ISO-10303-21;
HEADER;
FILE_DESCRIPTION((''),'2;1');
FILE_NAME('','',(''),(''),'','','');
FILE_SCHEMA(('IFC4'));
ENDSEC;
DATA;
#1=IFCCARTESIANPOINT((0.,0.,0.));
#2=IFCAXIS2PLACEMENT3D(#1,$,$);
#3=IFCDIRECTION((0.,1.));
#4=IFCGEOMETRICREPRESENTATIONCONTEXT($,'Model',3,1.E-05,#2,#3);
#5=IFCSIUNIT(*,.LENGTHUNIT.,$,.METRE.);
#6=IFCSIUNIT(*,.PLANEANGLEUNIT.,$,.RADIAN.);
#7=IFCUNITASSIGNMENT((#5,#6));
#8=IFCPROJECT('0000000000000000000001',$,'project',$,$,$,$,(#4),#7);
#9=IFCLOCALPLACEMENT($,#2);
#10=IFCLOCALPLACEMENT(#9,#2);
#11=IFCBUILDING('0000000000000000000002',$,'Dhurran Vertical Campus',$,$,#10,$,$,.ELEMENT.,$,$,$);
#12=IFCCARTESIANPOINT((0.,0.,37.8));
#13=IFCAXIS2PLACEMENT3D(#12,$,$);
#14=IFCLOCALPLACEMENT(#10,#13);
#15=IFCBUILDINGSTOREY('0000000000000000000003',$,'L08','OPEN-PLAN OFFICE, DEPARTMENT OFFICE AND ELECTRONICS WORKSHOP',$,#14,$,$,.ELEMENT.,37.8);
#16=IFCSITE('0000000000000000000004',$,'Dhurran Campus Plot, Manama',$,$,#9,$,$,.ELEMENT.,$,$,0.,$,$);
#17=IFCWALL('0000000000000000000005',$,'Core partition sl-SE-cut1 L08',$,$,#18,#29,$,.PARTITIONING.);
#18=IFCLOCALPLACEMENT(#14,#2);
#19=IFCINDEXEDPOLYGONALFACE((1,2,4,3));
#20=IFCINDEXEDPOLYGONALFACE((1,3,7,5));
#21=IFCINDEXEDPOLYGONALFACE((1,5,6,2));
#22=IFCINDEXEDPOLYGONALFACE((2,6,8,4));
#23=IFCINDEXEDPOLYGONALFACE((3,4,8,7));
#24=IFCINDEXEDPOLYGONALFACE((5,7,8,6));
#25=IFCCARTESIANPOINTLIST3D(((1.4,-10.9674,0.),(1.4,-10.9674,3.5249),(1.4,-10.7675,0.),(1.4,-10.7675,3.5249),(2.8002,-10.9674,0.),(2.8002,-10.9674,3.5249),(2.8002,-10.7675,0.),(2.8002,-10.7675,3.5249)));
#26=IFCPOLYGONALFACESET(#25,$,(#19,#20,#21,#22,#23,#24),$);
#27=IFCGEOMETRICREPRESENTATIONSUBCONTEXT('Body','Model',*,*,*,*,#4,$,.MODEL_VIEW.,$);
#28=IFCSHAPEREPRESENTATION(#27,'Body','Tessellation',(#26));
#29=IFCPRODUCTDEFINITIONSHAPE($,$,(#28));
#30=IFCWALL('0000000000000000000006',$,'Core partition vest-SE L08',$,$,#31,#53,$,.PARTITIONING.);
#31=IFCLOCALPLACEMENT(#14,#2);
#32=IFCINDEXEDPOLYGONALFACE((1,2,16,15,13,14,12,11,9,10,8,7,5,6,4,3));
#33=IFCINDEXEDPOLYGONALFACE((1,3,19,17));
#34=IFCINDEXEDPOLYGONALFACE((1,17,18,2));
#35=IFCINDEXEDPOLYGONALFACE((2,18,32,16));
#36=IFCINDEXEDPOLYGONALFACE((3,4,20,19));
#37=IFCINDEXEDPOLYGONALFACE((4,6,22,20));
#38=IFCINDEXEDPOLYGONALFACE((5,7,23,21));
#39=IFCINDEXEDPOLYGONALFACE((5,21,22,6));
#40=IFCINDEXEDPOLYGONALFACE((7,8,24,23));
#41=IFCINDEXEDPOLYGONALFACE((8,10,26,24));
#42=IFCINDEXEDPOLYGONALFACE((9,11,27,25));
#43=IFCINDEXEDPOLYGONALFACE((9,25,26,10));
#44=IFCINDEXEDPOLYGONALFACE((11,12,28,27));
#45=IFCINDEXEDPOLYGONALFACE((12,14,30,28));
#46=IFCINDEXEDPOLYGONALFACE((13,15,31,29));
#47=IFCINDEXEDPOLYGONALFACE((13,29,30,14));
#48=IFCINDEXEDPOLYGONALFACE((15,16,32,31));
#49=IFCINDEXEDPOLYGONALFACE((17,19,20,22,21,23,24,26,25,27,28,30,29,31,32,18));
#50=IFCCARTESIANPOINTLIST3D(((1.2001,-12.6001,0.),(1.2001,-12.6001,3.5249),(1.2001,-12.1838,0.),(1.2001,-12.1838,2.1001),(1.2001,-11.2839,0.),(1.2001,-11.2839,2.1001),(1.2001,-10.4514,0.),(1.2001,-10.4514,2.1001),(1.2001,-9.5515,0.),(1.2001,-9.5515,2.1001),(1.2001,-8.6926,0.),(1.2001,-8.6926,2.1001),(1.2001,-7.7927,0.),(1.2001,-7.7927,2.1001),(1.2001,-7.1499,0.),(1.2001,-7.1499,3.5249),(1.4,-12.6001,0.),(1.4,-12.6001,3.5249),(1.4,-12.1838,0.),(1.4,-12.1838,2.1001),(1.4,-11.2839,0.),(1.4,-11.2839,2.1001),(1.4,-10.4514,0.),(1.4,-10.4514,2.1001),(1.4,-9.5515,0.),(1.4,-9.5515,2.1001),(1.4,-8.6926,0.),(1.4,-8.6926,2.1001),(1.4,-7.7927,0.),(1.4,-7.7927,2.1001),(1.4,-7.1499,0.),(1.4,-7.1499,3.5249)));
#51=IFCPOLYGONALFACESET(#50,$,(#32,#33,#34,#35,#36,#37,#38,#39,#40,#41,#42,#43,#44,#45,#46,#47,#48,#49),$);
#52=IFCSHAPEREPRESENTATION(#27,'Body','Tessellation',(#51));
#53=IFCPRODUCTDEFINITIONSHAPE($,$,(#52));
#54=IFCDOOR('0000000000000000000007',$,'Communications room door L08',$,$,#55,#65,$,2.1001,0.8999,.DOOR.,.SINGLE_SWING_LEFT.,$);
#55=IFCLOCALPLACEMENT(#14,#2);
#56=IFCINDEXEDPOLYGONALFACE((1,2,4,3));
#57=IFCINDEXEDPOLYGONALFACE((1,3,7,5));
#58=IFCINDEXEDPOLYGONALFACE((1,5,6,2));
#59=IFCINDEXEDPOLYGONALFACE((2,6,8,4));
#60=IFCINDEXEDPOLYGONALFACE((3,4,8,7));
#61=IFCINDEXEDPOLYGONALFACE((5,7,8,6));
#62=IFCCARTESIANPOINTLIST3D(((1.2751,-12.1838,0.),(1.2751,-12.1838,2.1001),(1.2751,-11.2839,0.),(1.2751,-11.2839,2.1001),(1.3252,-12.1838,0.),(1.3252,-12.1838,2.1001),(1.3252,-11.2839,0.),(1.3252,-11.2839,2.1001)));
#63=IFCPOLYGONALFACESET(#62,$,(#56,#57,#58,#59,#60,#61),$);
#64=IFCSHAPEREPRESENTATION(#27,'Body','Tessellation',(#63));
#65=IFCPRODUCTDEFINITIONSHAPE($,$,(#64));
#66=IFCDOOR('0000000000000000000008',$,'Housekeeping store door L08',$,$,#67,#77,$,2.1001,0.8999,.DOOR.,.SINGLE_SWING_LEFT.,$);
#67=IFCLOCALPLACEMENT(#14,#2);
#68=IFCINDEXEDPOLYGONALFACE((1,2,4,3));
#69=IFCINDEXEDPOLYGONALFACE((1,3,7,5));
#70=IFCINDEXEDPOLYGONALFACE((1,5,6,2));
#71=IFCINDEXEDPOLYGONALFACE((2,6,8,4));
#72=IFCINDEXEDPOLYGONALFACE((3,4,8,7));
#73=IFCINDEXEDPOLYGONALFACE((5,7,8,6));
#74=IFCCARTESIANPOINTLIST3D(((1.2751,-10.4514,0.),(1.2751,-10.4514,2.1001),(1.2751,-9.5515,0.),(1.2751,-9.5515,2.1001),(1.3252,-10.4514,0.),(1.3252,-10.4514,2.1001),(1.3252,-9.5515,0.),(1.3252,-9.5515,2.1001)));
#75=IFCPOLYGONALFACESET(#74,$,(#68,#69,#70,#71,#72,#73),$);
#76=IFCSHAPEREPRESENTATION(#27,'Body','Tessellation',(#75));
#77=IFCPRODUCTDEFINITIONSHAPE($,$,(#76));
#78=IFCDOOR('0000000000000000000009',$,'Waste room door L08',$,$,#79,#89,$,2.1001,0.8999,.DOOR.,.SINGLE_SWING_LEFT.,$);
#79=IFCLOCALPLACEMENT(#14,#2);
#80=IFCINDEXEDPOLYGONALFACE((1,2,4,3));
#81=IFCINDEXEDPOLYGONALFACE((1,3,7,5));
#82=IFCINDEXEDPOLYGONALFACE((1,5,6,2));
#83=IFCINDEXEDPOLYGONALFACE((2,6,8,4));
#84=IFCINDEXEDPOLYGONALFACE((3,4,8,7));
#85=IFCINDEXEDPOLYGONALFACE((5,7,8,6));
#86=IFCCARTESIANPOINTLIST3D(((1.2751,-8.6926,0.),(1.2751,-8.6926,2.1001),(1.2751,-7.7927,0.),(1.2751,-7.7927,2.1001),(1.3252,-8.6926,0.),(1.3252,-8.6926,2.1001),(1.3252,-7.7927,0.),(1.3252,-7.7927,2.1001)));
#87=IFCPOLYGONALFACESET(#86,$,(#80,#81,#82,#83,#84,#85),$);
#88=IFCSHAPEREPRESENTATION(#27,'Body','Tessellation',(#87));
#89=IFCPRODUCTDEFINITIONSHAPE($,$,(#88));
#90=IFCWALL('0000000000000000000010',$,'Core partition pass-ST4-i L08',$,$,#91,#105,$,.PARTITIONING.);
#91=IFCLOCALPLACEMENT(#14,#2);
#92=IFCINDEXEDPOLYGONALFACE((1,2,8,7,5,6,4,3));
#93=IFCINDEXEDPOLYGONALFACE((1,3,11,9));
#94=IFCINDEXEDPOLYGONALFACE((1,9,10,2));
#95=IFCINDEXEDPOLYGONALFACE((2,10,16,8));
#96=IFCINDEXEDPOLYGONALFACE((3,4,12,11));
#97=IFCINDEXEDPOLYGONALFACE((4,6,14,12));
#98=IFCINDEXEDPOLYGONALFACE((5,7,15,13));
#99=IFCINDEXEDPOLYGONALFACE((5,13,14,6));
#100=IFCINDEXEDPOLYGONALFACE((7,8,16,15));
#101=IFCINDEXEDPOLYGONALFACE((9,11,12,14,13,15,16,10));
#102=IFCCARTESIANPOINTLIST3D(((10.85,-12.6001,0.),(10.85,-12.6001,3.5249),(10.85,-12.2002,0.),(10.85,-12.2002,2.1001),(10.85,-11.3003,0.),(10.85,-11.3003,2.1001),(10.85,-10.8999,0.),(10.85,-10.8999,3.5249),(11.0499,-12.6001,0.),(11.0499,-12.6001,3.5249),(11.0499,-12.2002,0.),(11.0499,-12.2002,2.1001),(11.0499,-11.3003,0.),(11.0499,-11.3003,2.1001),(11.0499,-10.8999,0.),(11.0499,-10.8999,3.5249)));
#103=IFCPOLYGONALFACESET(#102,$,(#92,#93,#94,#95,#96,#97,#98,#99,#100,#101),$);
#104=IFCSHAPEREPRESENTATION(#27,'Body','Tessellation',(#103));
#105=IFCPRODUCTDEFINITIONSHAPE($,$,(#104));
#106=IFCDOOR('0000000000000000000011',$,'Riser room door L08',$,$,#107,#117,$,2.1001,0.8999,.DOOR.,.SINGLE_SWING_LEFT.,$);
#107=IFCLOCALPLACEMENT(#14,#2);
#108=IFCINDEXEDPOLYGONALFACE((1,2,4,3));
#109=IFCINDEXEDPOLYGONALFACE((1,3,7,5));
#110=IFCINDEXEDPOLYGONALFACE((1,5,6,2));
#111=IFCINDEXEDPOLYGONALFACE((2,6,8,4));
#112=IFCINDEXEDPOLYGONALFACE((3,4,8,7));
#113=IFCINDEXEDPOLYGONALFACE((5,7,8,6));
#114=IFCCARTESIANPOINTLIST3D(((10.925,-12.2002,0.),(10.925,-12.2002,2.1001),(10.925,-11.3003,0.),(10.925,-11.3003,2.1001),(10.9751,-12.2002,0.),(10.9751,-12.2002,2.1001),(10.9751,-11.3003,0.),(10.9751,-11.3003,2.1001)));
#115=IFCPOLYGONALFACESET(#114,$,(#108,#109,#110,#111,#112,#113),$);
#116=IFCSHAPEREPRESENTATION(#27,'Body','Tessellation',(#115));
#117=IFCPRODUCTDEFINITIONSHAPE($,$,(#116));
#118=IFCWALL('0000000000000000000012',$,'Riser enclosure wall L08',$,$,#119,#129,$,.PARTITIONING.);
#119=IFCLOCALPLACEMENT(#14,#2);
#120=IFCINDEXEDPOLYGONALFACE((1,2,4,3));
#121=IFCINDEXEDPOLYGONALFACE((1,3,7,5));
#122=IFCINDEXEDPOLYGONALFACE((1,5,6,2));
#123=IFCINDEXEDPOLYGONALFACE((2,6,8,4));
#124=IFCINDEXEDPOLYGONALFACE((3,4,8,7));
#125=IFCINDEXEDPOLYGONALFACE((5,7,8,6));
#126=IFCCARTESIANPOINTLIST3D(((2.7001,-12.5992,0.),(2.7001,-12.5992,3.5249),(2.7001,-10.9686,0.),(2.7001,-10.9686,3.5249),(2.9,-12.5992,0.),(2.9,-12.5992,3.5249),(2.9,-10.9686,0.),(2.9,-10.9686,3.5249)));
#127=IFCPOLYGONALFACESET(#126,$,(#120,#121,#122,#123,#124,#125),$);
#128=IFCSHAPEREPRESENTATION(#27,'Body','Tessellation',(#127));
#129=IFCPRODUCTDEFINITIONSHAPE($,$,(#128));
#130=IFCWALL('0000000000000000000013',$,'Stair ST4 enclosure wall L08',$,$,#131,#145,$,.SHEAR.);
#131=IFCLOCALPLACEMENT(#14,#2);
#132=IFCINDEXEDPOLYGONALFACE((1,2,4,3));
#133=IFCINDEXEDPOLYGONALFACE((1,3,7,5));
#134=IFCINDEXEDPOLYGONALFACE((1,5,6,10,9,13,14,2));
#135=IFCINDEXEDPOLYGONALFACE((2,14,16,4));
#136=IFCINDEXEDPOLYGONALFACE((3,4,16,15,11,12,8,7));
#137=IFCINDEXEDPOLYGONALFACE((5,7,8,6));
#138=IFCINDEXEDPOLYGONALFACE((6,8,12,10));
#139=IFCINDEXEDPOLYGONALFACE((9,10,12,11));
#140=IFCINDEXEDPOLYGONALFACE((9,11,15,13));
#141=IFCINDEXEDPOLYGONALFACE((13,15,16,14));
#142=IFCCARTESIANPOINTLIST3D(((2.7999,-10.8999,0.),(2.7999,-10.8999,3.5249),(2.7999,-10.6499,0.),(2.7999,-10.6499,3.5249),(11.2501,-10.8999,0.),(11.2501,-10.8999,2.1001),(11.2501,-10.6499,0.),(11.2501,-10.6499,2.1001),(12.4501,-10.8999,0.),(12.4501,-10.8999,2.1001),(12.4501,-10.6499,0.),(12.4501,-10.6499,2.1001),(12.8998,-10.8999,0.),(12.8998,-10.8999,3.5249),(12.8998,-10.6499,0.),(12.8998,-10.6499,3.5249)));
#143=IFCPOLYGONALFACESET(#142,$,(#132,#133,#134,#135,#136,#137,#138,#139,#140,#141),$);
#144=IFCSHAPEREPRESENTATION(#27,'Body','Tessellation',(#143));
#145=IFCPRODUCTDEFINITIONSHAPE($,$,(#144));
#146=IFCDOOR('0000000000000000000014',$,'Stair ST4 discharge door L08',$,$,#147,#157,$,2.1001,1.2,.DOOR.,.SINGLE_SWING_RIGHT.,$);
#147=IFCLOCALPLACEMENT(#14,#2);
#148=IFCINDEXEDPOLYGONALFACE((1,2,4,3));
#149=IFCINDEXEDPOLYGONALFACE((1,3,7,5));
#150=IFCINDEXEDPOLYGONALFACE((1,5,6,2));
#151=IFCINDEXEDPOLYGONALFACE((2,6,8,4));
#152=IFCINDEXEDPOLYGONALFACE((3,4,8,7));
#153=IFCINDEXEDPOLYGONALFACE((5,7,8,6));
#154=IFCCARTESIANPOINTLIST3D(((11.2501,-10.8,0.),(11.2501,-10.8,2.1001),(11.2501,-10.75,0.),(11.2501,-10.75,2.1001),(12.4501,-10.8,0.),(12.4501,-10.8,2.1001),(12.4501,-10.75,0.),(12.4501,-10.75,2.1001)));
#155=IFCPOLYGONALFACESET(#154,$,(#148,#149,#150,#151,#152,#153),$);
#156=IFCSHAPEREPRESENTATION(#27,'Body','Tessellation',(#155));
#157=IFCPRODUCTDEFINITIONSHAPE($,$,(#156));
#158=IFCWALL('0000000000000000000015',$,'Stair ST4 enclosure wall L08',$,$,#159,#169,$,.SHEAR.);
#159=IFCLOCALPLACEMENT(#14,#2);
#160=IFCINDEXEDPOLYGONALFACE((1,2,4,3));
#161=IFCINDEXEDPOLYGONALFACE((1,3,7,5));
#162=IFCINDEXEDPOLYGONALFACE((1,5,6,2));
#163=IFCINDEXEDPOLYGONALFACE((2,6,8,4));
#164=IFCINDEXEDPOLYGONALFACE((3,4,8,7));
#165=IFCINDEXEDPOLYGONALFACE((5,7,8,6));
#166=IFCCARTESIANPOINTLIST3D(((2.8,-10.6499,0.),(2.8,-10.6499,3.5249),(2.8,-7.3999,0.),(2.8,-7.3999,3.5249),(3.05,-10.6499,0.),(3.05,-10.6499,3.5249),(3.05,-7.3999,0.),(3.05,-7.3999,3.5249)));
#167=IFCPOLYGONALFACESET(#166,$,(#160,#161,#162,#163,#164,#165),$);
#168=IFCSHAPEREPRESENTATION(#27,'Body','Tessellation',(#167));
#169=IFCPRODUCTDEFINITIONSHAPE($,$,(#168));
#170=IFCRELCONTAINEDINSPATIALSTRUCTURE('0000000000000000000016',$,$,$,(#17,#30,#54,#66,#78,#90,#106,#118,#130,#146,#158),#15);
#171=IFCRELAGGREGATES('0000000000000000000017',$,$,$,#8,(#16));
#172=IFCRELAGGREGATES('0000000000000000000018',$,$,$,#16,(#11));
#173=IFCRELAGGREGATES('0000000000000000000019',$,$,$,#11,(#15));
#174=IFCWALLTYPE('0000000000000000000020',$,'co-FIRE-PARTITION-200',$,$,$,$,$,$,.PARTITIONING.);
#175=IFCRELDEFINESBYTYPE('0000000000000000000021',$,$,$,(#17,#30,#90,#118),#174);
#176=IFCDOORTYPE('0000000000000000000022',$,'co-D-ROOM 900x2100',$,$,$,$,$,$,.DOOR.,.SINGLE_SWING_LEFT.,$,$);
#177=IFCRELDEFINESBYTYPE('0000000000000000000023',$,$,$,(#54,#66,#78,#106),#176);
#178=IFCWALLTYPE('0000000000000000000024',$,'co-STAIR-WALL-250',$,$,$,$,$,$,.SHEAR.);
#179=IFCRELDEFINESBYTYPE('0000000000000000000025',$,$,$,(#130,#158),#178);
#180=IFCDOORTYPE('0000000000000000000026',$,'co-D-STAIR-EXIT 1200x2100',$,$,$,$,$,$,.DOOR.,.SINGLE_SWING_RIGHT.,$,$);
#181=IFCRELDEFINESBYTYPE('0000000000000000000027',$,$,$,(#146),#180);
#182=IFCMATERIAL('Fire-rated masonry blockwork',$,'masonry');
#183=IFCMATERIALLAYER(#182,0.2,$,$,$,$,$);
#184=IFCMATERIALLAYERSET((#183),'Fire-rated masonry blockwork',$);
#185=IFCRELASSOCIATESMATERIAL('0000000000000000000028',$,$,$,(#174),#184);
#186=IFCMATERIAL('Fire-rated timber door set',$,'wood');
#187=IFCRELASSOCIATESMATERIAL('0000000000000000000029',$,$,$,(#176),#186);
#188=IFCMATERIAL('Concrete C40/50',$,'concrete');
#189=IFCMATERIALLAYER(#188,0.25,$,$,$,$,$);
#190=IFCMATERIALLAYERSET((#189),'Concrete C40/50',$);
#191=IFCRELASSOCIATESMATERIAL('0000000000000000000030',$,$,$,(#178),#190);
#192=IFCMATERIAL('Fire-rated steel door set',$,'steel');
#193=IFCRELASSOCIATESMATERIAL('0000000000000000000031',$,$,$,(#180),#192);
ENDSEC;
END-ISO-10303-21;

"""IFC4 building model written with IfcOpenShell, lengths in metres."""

from ifc_helpers import new_model, si_unit, direction, frame, frame_2d, origin, place, context, subcontext, project, spatial, rectangle, extrude, material, layer, layer_set, type_object, element, fill, save


model = new_model("IFC4")

# Units and contexts
model_context = context("Model", 3, precision=1e-05, world=origin(), true_north=direction((0.0, 1.0)))
body_context = subcontext(model_context, "Body", "Model", "MODEL_VIEW")
ifc_project = project(units=[si_unit("LENGTHUNIT", "METRE"), si_unit("PLANEANGLEUNIT", "RADIAN")], contexts=[model_context])

# Site, building, storey
site_placement = place(None, origin())
site = spatial("IfcSite", under=ifc_project, at=site_placement, Name="Dhurran Campus Plot, Manama", CompositionType="ELEMENT", RefElevation=0.0)
building_placement = place(site_placement, origin())
building = spatial("IfcBuilding", under=site, at=building_placement, Name="Dhurran Vertical Campus", CompositionType="ELEMENT")
storey_placement = place(building_placement, frame((0.0, 0.0, 37.8)))
storey = spatial("IfcBuildingStorey", under=building, at=storey_placement, Name="L08", Description="OPEN-PLAN OFFICE, DEPARTMENT OFFICE AND ELECTRONICS WORKSHOP", CompositionType="ELEMENT", Elevation=37.8)

# Wall
ifc_material_1 = material(Name="Fire-rated masonry blockwork", Category="masonry")
ifc_layer_1 = layer(ifc_material_1, 0.2)
ifc_layer_set_1 = layer_set([ifc_layer_1], Name="Fire-rated masonry blockwork")
wall_type_1 = type_object("IfcWallType", Name="co-FIRE-PARTITION-200", PredefinedType="PARTITIONING", material=ifc_layer_set_1)
wall_1_placement = place(storey_placement, frame((1.3999, -10.8674, 0.0), z_axis=(0.0, 0.0, 1.0), x_axis=(1.0, 0.0, 0.0)))
element("IfcWall", 1, at=wall_1_placement, inside=storey, type_object=wall_type_1, Name="Core partition sl-SE-cut1 L08", PredefinedType="PARTITIONING", context=body_context, shape_type="SweptSolid", body=[
    extrude(rectangle(XDim=1.4001, YDim=0.2, at=frame_2d((0.7002, 0.0))), origin(), (0.0, 0.0, 1.0), 3.5249),
])

# Wall, openings, doors
wall_2_placement = place(storey_placement, frame((1.3, -12.6001, 0.0), z_axis=(0.0, 0.0, 1.0), x_axis=(0.0, 1.0, 0.0)))
wall_2 = element("IfcWall", 2, at=wall_2_placement, inside=storey, type_object=wall_type_1, Name="Core partition vest-SE L08", PredefinedType="PARTITIONING", context=body_context, shape_type="SweptSolid", body=[
    extrude(rectangle(XDim=5.4502, YDim=0.2, at=frame_2d((2.7251, 0.0))), origin(), (0.0, 0.0, 1.0), 3.5249),
])
opening_1_placement = place(wall_2_placement, frame((0.4163, 0.0, 0.0)))
opening_1 = element("IfcOpeningElement", 3, at=opening_1_placement, cuts=wall_2, PredefinedType="OPENING", context=body_context, shape_type="SweptSolid", body=[
    extrude(rectangle(XDim=0.8999, YDim=2.1001, at=frame_2d((0.45, 1.05))), frame((0.0, 0.1099, 0.0), z_axis=(0.0, -1.0, 0.0), x_axis=(1.0, 0.0, 0.0)), (0.0, 0.0, 1.0), 0.22),
])
opening_2_placement = place(wall_2_placement, frame((2.1487, 0.0, 0.0)))
opening_2 = element("IfcOpeningElement", 4, at=opening_2_placement, cuts=wall_2, PredefinedType="OPENING", context=body_context, shape_type="SweptSolid", body=[
    extrude(rectangle(XDim=0.8999, YDim=2.1001, at=frame_2d((0.45, 1.05))), frame((0.0, 0.1099, 0.0), z_axis=(0.0, -1.0, 0.0), x_axis=(1.0, 0.0, 0.0)), (0.0, 0.0, 1.0), 0.22),
])
opening_3_placement = place(wall_2_placement, frame((3.9075, 0.0, 0.0)))
opening_3 = element("IfcOpeningElement", 5, at=opening_3_placement, cuts=wall_2, PredefinedType="OPENING", context=body_context, shape_type="SweptSolid", body=[
    extrude(rectangle(XDim=0.8999, YDim=2.1001, at=frame_2d((0.45, 1.05))), frame((0.0, 0.1099, 0.0), z_axis=(0.0, -1.0, 0.0), x_axis=(1.0, 0.0, 0.0)), (0.0, 0.0, 1.0), 0.22),
])
ifc_material_2 = material(Name="Fire-rated timber door set", Category="wood")
door_type_1 = type_object("IfcDoorType", Name="co-D-ROOM 900x2100", OperationType="SINGLE_SWING_LEFT", PredefinedType="DOOR", material=ifc_material_2)
door_1_placement = place(opening_1_placement, origin())
door_1 = element("IfcDoor", 6, at=door_1_placement, inside=storey, type_object=door_type_1, Name="Communications room door L08", OperationType="SINGLE_SWING_LEFT", OverallHeight=2.1001, OverallWidth=0.8999, PredefinedType="DOOR", context=body_context, shape_type="SweptSolid", body=[
    extrude(rectangle(XDim=0.8999, YDim=2.1001, at=frame_2d((0.45, 1.05))), frame((0.0, 0.0249, 0.0), z_axis=(0.0, -1.0, 0.0), x_axis=(1.0, 0.0, 0.0)), (0.0, 0.0, 1.0), 0.05),
])
fill(opening_1, door_1)
door_2_placement = place(opening_2_placement, origin())
door_2 = element("IfcDoor", 7, at=door_2_placement, inside=storey, type_object=door_type_1, Name="Housekeeping store door L08", OperationType="SINGLE_SWING_LEFT", OverallHeight=2.1001, OverallWidth=0.8999, PredefinedType="DOOR", context=body_context, shape_type="SweptSolid", body=[
    extrude(rectangle(XDim=0.8999, YDim=2.1001, at=frame_2d((0.45, 1.05))), frame((0.0, 0.0249, 0.0), z_axis=(0.0, -1.0, 0.0), x_axis=(1.0, 0.0, 0.0)), (0.0, 0.0, 1.0), 0.05),
])
fill(opening_2, door_2)
door_3_placement = place(opening_3_placement, origin())
door_3 = element("IfcDoor", 8, at=door_3_placement, inside=storey, type_object=door_type_1, Name="Waste room door L08", OperationType="SINGLE_SWING_LEFT", OverallHeight=2.1001, OverallWidth=0.8999, PredefinedType="DOOR", context=body_context, shape_type="SweptSolid", body=[
    extrude(rectangle(XDim=0.8999, YDim=2.1001, at=frame_2d((0.45, 1.05))), frame((0.0, 0.0249, 0.0), z_axis=(0.0, -1.0, 0.0), x_axis=(1.0, 0.0, 0.0)), (0.0, 0.0, 1.0), 0.05),
])
fill(opening_3, door_3)

# Wall, opening, door
wall_3_placement = place(storey_placement, frame((10.95, -12.6001, 0.0), z_axis=(0.0, 0.0, 1.0), x_axis=(0.0, 1.0, 0.0)))
wall_3 = element("IfcWall", 9, at=wall_3_placement, inside=storey, type_object=wall_type_1, Name="Core partition pass-ST4-i L08", PredefinedType="PARTITIONING", context=body_context, shape_type="SweptSolid", body=[
    extrude(rectangle(XDim=1.7002, YDim=0.2, at=frame_2d((0.8501, 0.0))), origin(), (0.0, 0.0, 1.0), 3.5249),
])
opening_4_placement = place(wall_3_placement, frame((0.3999, 0.0, 0.0)))
opening_4 = element("IfcOpeningElement", 10, at=opening_4_placement, cuts=wall_3, PredefinedType="OPENING", context=body_context, shape_type="SweptSolid", body=[
    extrude(rectangle(XDim=0.8999, YDim=2.1001, at=frame_2d((0.45, 1.05))), frame((0.0, 0.1099, 0.0), z_axis=(0.0, -1.0, 0.0), x_axis=(1.0, 0.0, 0.0)), (0.0, 0.0, 1.0), 0.22),
])
door_4_placement = place(opening_4_placement, origin())
door_4 = element("IfcDoor", 11, at=door_4_placement, inside=storey, type_object=door_type_1, Name="Riser room door L08", OperationType="SINGLE_SWING_LEFT", OverallHeight=2.1001, OverallWidth=0.8999, PredefinedType="DOOR", context=body_context, shape_type="SweptSolid", body=[
    extrude(rectangle(XDim=0.8999, YDim=2.1001, at=frame_2d((0.45, 1.05))), frame((0.0, 0.0249, 0.0), z_axis=(0.0, -1.0, 0.0), x_axis=(1.0, 0.0, 0.0)), (0.0, 0.0, 1.0), 0.05),
])
fill(opening_4, door_4)

# Wall
wall_4_placement = place(storey_placement, frame((2.8, -10.9685, 0.0), z_axis=(0.0, 0.0, 1.0), x_axis=(0.0, -1.0, 0.0)))
element("IfcWall", 12, at=wall_4_placement, inside=storey, type_object=wall_type_1, Name="Riser enclosure wall L08", PredefinedType="PARTITIONING", context=body_context, shape_type="SweptSolid", body=[
    extrude(rectangle(XDim=1.6306, YDim=0.2, at=frame_2d((0.8154, 0.0))), origin(), (0.0, 0.0, 1.0), 3.5249),
])

# Wall, opening, door
ifc_material_3 = material(Name="Concrete C40/50", Category="concrete")
ifc_layer_2 = layer(ifc_material_3, 0.25)
ifc_layer_set_2 = layer_set([ifc_layer_2], Name="Concrete C40/50")
wall_type_2 = type_object("IfcWallType", Name="co-STAIR-WALL-250", PredefinedType="SHEAR", material=ifc_layer_set_2)
wall_5_placement = place(storey_placement, frame((2.8, -10.7749, 0.0), z_axis=(0.0, 0.0, 1.0), x_axis=(1.0, 0.0, 0.0)))
wall_5 = element("IfcWall", 13, at=wall_5_placement, inside=storey, type_object=wall_type_2, Name="Stair ST4 enclosure wall L08", PredefinedType="SHEAR", context=body_context, shape_type="SweptSolid", body=[
    extrude(rectangle(XDim=10.0999, YDim=0.25, at=frame_2d((5.0498, 0.0))), origin(), (0.0, 0.0, 1.0), 3.5249),
])
opening_5_placement = place(wall_5_placement, frame((8.45, 0.0, 0.0)))
opening_5 = element("IfcOpeningElement", 14, at=opening_5_placement, cuts=wall_5, PredefinedType="OPENING", context=body_context, shape_type="SweptSolid", body=[
    extrude(rectangle(XDim=1.2, YDim=2.1001, at=frame_2d((0.6001, 1.05))), frame((0.0, 0.135, 0.0), z_axis=(0.0, -1.0, 0.0), x_axis=(1.0, 0.0, 0.0)), (0.0, 0.0, 1.0), 0.27),
])
ifc_material_4 = material(Name="Fire-rated steel door set", Category="steel")
door_type_2 = type_object("IfcDoorType", Name="co-D-STAIR-EXIT 1200x2100", OperationType="SINGLE_SWING_RIGHT", PredefinedType="DOOR", material=ifc_material_4)
door_5_placement = place(opening_5_placement, origin())
door_5 = element("IfcDoor", 15, at=door_5_placement, inside=storey, type_object=door_type_2, Name="Stair ST4 discharge door L08", OperationType="SINGLE_SWING_RIGHT", OverallHeight=2.1001, OverallWidth=1.2, PredefinedType="DOOR", context=body_context, shape_type="SweptSolid", body=[
    extrude(rectangle(XDim=1.2, YDim=2.1001, at=frame_2d((0.6001, 1.05))), frame((0.0, 0.0249, 0.0), z_axis=(0.0, -1.0, 0.0), x_axis=(1.0, 0.0, 0.0)), (0.0, 0.0, 1.0), 0.05),
])
fill(opening_5, door_5)

# Wall
wall_6_placement = place(storey_placement, frame((2.925, -10.6499, 0.0), z_axis=(0.0, 0.0, 1.0), x_axis=(0.0, 1.0, 0.0)))
element("IfcWall", 16, at=wall_6_placement, inside=storey, type_object=wall_type_2, Name="Stair ST4 enclosure wall L08", PredefinedType="SHEAR", context=body_context, shape_type="SweptSolid", body=[
    extrude(rectangle(XDim=3.25, YDim=0.25, at=frame_2d((1.625, 0.0))), origin(), (0.0, 0.0, 1.0), 3.5249),
])

save(model, "model.ifc")
